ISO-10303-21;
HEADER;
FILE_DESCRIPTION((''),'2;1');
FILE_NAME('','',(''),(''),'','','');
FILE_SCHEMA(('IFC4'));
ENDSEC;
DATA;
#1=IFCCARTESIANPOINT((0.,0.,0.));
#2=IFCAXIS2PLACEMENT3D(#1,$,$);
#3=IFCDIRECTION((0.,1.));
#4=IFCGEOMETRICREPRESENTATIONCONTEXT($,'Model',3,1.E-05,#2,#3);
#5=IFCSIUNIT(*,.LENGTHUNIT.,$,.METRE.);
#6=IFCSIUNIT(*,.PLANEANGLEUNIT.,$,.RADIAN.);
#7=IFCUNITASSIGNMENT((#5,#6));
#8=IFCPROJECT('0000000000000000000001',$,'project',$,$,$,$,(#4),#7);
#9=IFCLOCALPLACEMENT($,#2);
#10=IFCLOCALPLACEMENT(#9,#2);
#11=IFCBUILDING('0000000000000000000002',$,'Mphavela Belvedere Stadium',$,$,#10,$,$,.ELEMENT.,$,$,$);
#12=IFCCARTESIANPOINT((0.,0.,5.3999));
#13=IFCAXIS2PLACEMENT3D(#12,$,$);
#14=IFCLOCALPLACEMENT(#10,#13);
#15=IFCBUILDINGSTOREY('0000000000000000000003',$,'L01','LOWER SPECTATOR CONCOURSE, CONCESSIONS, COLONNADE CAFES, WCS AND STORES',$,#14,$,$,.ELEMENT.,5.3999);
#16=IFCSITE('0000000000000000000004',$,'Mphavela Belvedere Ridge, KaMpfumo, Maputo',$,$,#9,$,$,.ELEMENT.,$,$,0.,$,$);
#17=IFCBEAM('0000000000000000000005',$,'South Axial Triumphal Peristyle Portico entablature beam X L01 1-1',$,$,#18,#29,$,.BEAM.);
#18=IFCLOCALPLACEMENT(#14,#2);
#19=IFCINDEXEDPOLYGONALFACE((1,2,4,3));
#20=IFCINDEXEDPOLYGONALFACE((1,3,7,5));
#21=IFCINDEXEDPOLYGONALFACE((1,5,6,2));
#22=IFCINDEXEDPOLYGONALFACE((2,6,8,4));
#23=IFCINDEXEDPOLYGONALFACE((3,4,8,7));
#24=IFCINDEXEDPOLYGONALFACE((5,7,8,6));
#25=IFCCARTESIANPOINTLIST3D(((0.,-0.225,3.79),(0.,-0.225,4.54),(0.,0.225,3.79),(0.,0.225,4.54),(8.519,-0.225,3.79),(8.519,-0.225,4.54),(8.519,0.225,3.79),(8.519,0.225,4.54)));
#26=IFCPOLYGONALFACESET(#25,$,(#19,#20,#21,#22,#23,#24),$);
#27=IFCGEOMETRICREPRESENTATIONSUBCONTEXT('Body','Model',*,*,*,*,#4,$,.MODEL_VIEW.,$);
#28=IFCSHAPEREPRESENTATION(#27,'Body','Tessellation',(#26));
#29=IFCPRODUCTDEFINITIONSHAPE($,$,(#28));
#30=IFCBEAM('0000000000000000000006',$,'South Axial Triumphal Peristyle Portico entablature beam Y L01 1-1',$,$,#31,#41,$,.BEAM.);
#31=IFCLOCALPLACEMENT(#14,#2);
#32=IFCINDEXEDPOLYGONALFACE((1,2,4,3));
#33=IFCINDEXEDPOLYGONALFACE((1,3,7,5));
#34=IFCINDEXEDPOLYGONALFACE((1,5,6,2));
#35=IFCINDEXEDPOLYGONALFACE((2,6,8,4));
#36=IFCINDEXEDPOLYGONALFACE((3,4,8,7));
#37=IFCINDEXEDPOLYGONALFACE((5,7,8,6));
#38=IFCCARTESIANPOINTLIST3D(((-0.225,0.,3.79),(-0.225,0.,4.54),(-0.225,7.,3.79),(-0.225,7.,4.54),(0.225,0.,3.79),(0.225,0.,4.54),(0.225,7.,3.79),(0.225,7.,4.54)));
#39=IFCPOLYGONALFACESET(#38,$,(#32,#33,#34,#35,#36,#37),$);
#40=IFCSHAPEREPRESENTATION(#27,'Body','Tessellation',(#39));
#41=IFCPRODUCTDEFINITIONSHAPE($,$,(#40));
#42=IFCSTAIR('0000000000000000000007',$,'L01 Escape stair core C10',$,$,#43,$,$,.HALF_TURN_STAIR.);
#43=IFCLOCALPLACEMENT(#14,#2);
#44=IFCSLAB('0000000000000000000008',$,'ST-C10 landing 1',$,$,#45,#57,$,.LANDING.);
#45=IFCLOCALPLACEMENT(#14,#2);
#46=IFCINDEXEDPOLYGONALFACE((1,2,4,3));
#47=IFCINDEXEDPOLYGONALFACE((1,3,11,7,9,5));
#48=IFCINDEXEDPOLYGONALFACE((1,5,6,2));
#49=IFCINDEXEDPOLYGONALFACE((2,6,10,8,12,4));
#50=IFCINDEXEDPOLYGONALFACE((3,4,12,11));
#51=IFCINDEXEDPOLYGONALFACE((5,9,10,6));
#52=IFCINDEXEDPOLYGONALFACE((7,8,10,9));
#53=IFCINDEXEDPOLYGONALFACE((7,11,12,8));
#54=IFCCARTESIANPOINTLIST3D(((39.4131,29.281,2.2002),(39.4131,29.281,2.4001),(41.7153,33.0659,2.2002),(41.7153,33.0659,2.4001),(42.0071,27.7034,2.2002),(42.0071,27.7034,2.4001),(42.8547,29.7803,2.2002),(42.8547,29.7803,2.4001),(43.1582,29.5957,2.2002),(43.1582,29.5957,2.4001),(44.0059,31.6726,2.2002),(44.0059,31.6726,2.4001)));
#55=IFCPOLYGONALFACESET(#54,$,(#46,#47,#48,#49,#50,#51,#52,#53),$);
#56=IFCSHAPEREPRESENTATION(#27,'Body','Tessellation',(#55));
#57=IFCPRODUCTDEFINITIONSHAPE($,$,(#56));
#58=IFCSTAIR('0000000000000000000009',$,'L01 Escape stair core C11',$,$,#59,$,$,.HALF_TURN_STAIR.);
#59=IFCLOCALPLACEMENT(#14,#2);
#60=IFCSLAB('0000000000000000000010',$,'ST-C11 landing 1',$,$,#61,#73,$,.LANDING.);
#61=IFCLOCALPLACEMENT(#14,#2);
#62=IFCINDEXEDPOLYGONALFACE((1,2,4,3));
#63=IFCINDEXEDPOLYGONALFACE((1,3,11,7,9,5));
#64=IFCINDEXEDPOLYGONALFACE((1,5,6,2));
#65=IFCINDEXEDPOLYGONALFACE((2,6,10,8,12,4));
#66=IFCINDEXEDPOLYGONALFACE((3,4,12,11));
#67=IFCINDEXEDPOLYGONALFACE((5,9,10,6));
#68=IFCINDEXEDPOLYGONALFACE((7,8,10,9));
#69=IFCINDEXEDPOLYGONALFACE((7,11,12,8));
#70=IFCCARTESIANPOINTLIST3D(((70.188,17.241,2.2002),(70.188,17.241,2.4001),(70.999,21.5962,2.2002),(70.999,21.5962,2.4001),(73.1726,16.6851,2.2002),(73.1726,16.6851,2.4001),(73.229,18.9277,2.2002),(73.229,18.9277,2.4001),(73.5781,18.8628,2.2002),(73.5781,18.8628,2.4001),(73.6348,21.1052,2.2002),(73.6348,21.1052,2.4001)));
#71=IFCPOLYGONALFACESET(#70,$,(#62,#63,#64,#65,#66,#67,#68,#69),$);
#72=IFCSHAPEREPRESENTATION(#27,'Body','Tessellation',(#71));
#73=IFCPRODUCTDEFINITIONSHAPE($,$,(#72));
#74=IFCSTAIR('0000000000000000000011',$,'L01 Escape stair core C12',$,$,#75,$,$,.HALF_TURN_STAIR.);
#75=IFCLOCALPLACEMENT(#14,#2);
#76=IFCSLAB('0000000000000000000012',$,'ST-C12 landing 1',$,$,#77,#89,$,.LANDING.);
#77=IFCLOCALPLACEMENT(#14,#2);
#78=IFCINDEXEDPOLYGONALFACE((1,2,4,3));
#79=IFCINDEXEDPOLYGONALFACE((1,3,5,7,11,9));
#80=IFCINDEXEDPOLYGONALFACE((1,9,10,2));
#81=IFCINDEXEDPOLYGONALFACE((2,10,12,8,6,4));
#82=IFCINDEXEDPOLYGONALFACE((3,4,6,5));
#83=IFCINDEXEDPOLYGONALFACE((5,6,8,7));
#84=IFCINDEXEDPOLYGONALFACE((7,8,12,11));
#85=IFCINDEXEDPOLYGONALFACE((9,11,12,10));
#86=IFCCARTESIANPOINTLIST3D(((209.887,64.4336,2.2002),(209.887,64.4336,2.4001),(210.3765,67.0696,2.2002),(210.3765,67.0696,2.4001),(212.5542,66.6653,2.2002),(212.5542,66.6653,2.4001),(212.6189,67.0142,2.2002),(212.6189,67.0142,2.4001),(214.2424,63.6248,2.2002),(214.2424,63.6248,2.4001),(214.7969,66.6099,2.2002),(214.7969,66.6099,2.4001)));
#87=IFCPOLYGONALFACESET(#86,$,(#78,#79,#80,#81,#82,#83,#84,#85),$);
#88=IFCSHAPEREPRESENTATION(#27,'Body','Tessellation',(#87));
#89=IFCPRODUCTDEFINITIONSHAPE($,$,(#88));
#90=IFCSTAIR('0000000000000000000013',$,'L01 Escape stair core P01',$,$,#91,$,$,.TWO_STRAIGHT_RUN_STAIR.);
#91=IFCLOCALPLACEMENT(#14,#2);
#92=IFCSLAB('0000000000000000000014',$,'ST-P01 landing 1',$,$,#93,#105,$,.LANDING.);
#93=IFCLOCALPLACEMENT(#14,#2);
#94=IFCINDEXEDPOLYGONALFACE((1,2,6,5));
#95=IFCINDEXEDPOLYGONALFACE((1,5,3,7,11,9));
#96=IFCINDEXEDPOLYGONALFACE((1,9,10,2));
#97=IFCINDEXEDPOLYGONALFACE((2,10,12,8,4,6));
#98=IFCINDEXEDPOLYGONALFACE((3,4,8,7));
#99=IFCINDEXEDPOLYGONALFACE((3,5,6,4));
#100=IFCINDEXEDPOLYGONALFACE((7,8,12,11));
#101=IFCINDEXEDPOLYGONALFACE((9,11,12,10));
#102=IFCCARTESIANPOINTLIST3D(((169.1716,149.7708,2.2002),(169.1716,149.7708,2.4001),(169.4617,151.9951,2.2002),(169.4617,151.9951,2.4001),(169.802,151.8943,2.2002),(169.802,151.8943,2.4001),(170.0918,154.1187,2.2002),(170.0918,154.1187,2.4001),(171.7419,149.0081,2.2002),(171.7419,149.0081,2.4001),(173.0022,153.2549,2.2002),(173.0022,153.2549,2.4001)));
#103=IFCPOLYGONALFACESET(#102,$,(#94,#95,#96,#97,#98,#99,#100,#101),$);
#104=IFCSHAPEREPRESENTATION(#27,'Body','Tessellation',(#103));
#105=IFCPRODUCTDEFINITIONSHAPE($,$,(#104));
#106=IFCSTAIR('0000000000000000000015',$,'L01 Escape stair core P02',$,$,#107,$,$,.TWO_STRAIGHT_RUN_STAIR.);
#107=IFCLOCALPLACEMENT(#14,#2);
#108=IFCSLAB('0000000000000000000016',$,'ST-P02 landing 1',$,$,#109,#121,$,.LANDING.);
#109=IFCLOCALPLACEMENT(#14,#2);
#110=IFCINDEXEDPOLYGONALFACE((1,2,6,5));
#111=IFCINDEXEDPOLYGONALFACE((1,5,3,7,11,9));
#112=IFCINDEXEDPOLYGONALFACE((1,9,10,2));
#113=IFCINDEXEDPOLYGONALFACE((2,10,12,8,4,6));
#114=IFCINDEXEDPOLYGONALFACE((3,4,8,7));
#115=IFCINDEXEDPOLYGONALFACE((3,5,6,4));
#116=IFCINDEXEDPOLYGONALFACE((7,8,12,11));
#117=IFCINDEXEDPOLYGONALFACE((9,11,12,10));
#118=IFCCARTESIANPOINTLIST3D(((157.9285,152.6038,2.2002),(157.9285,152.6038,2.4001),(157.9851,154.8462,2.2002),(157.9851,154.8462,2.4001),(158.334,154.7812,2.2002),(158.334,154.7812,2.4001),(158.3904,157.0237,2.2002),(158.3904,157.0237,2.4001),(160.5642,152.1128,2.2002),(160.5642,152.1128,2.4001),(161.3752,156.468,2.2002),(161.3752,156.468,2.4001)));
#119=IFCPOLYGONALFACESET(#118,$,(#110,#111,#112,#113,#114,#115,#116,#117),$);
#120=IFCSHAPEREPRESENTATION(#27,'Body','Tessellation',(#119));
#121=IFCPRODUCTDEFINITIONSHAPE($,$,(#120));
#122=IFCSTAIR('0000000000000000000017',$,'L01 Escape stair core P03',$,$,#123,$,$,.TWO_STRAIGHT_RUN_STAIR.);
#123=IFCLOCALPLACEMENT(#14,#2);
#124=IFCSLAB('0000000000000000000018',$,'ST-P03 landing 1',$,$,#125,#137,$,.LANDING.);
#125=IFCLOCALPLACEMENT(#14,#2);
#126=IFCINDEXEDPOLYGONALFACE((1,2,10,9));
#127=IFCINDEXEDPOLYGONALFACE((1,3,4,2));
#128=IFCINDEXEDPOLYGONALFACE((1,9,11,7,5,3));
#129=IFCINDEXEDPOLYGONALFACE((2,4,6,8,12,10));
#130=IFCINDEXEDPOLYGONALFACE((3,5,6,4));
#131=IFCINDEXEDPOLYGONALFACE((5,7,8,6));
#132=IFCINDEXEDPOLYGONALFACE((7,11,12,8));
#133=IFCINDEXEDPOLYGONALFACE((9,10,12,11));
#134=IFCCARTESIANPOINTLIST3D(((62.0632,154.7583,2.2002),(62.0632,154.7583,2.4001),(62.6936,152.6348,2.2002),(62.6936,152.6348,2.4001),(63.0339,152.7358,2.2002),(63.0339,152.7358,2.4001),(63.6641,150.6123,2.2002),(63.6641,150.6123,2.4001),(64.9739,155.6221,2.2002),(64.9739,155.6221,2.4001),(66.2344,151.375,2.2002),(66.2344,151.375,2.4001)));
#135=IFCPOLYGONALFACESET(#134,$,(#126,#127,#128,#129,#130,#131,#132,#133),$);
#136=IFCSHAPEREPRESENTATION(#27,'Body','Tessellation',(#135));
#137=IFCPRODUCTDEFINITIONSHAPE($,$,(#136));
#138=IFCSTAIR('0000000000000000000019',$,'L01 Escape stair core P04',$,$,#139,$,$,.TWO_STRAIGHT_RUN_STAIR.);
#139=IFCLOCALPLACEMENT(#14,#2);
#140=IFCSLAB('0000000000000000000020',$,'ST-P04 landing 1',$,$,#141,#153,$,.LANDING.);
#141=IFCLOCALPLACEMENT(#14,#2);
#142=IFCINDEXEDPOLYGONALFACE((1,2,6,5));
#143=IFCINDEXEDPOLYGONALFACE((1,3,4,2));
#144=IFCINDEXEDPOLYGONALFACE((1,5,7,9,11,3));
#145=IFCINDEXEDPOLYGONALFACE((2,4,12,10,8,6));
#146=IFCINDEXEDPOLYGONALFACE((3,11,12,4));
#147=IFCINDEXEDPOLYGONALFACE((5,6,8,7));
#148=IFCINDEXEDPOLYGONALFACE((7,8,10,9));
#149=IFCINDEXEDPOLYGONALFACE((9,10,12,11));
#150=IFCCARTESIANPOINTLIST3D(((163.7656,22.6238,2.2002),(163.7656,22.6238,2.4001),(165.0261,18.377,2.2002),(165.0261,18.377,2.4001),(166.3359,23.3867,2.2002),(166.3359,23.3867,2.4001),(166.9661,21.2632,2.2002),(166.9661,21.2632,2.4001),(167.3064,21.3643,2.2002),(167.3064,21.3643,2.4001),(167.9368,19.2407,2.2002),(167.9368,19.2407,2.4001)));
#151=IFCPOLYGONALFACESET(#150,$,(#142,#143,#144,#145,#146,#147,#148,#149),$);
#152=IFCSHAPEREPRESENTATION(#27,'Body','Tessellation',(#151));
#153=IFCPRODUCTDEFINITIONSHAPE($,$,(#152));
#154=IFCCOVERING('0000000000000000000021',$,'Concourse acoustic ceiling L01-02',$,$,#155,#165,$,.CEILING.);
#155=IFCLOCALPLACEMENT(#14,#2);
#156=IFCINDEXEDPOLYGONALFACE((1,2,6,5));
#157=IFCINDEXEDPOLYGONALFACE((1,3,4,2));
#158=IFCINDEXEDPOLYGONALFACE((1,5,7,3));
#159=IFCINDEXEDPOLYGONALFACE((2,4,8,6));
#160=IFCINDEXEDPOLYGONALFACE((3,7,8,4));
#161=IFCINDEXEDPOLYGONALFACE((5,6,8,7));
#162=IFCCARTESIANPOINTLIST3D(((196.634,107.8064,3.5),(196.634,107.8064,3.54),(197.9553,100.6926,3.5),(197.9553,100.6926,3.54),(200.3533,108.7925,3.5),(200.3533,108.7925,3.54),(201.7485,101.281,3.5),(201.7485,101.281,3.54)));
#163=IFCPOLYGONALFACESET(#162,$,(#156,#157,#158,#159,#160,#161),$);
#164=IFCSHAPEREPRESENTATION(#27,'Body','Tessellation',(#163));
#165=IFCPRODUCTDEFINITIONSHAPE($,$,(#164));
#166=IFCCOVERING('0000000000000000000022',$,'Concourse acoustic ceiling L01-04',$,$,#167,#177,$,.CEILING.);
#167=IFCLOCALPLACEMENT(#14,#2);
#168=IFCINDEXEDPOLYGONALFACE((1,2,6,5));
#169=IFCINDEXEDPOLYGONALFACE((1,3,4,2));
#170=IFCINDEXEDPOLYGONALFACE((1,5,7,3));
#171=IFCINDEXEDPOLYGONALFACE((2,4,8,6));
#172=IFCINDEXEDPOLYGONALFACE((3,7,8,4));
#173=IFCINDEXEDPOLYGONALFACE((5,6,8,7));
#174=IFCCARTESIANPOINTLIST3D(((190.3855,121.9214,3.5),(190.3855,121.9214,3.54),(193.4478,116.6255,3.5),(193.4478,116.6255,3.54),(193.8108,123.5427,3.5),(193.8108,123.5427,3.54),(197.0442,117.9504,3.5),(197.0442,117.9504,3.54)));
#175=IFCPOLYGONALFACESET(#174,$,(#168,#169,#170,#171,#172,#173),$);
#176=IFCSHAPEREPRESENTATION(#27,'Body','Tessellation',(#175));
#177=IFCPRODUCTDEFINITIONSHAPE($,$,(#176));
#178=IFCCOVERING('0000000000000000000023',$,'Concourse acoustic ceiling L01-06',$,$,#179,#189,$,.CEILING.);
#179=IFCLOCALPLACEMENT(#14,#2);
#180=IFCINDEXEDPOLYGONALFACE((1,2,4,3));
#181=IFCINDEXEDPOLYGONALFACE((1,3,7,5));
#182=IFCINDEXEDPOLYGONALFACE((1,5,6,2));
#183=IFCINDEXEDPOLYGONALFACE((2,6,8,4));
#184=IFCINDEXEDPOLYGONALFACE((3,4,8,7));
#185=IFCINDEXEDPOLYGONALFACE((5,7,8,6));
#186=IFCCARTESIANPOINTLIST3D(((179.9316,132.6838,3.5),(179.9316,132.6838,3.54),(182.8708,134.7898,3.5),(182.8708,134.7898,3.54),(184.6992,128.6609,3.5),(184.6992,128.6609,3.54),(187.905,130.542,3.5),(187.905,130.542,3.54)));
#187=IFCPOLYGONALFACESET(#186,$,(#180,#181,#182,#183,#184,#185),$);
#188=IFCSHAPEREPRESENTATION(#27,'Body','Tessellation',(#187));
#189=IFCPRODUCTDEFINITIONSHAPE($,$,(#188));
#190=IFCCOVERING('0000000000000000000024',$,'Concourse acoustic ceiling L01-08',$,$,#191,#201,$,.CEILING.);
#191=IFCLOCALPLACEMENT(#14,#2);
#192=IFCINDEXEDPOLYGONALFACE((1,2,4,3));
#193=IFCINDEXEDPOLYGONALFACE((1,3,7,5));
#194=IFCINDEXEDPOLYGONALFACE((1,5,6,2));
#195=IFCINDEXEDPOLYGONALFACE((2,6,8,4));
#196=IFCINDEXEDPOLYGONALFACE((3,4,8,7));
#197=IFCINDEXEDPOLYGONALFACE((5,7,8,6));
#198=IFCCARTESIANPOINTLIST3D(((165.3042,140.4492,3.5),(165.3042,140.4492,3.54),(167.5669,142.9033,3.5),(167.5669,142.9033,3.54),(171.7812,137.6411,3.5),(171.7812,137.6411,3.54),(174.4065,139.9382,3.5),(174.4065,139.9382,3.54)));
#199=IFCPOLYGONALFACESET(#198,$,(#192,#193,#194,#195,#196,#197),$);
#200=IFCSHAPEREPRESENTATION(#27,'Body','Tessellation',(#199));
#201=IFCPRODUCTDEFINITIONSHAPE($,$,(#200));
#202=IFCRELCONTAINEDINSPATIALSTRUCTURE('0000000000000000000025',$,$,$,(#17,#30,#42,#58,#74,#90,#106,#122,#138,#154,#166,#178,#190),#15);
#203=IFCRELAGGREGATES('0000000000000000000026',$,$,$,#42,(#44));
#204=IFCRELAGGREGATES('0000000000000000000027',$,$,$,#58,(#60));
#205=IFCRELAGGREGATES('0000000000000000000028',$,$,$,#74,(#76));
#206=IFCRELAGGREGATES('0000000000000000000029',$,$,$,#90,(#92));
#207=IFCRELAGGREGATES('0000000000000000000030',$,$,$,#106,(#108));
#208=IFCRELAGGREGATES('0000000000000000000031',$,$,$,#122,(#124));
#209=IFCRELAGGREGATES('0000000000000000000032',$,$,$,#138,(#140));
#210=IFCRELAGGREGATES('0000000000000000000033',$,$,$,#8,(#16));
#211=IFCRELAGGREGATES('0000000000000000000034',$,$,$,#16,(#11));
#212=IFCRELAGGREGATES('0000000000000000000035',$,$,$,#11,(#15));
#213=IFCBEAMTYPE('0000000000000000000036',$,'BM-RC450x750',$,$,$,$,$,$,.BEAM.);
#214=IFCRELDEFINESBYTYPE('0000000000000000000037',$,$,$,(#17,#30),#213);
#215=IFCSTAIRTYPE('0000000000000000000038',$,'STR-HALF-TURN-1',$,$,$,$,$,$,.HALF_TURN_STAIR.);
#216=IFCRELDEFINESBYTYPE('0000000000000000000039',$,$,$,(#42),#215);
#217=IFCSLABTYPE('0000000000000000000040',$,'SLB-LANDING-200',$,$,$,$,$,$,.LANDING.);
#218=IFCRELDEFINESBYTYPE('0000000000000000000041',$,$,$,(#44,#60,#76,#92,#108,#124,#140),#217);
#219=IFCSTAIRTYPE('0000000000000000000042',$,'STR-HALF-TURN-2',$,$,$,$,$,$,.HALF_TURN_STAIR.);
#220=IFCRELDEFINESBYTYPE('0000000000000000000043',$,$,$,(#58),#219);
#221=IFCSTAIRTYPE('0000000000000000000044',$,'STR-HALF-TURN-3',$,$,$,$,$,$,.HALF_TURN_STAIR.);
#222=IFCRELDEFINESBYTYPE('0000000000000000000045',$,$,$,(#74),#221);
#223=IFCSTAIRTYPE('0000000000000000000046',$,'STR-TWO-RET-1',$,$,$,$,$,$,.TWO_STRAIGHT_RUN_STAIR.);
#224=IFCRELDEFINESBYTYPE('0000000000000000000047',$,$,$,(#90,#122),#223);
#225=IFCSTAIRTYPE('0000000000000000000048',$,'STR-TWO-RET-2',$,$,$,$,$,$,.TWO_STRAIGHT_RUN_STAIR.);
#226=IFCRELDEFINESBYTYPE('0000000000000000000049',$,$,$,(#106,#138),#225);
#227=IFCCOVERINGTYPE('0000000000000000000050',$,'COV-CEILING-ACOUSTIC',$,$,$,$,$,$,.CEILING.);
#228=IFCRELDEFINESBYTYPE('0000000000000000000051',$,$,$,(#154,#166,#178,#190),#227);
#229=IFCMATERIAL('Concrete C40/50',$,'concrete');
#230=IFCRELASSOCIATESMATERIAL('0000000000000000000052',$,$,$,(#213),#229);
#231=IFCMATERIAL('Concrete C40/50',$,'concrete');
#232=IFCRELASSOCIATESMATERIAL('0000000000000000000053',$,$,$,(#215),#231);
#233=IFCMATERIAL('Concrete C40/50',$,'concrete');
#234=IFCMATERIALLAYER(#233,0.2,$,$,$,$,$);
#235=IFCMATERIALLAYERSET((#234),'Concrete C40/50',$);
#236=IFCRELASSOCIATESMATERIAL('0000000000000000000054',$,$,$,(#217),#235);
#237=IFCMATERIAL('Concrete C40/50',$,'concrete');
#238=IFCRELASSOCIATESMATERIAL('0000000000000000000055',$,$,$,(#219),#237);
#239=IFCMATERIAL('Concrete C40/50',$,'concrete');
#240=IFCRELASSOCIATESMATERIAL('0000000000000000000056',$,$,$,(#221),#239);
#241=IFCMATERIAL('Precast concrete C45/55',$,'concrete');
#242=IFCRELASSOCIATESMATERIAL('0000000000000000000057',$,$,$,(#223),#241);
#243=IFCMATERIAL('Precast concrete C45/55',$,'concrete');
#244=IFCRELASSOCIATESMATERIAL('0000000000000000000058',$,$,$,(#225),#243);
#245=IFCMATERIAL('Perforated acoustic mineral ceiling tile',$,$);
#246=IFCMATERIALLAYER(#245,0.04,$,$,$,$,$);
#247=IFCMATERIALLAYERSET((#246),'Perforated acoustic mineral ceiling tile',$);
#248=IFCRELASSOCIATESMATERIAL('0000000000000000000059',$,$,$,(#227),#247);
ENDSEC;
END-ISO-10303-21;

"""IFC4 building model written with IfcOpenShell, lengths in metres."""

from ifc_helpers import new_model, si_unit, direction, frame, origin, origin_2d, place, context, subcontext, project, spatial, polyline, rectangle, outline, extrude, material, layer, layer_set, material_profile, profile_set, type_object, element, aggregate, save


model = new_model("IFC4")

# Units and contexts
model_context = context("Model", 3, precision=1e-05, world=origin(), true_north=direction((0.0, 1.0)))
body_context = subcontext(model_context, "Body", "Model", "MODEL_VIEW")
ifc_project = project(units=[si_unit("LENGTHUNIT", "METRE"), si_unit("PLANEANGLEUNIT", "RADIAN")], contexts=[model_context])

# Site, building, storey
site_placement = place(None, origin())
site = spatial("IfcSite", under=ifc_project, at=site_placement, Name="Mphavela Belvedere Ridge, KaMpfumo, Maputo", CompositionType="ELEMENT", RefElevation=0.0)
building_placement = place(site_placement, origin())
building = spatial("IfcBuilding", under=site, at=building_placement, Name="Mphavela Belvedere Stadium", CompositionType="ELEMENT")
storey_placement = place(building_placement, frame((0.0, 0.0, 5.3999)))
storey = spatial("IfcBuildingStorey", under=building, at=storey_placement, Name="L01", Description="LOWER SPECTATOR CONCOURSE, CONCESSIONS, COLONNADE CAFES, WCS AND STORES", CompositionType="ELEMENT", Elevation=5.3999)

# Beams
ifc_material_1 = material(Name="Concrete C40/50", Category="concrete")
ifc_material_profile = material_profile(ifc_material_1, rectangle(XDim=0.45, YDim=0.75, at=origin_2d()), Name="RC 450x750")
ifc_profile_set = profile_set([ifc_material_profile], Name="Concrete C40/50")
beam_type = type_object("IfcBeamType", Name="BM-RC450x750", PredefinedType="BEAM", material=ifc_profile_set)
beam_1_placement = place(storey_placement, frame((0.0, 0.0, 4.165), z_axis=(1.0, 0.0, 0.0), x_axis=(0.0, 1.0, 0.0)))
element("IfcBeam", 1, at=beam_1_placement, inside=storey, type_object=beam_type, Name="South Axial Triumphal Peristyle Portico entablature beam X L01 1-1", PredefinedType="BEAM", context=body_context, shape_type="SweptSolid", body=[
    extrude(rectangle(XDim=0.45, YDim=0.75, at=origin_2d()), origin(), (0.0, 0.0, 1.0), 8.519),
])
beam_2_placement = place(storey_placement, frame((0.0, 0.0, 4.165), z_axis=(0.0, 1.0, 0.0), x_axis=(-1.0, 0.0, 0.0)))
element("IfcBeam", 2, at=beam_2_placement, inside=storey, type_object=beam_type, Name="South Axial Triumphal Peristyle Portico entablature beam Y L01 1-1", PredefinedType="BEAM", context=body_context, shape_type="SweptSolid", body=[
    extrude(rectangle(XDim=0.45, YDim=0.75, at=origin_2d()), origin(), (0.0, 0.0, 1.0), 7.0),
])

# Stairs, slabs
ifc_material_2 = material(Name="Concrete C40/50", Category="concrete")
stair_type_1 = type_object("IfcStairType", Name="STR-HALF-TURN-1", PredefinedType="HALF_TURN_STAIR", material=ifc_material_2)
stair_1_placement = place(storey_placement, origin())
stair_1 = element("IfcStair", 3, at=stair_1_placement, inside=storey, type_object=stair_type_1, Name="L01 Escape stair core C10", PredefinedType="HALF_TURN_STAIR")
ifc_material_3 = material(Name="Concrete C40/50", Category="concrete")
ifc_layer_1 = layer(ifc_material_3, 0.2)
ifc_layer_set_1 = layer_set([ifc_layer_1], Name="Concrete C40/50")
slab_type = type_object("IfcSlabType", Name="SLB-LANDING-200", PredefinedType="LANDING", material=ifc_layer_set_1)
slab_1_placement = place(storey_placement, frame((0.0, 0.0, 2.2002)))
slab_1 = element("IfcSlab", 4, at=slab_1_placement, type_object=slab_type, Name="ST-C10 landing 1", PredefinedType="LANDING", context=body_context, shape_type="SweptSolid", body=[
    extrude(outline(polyline([(44.0059, 31.6726), (41.7153, 33.0659), (39.4131, 29.281), (42.0071, 27.7034), (43.1582, 29.5957), (42.8547, 29.7803), (44.0059, 31.6726)])), origin(), (0.0, 0.0, 1.0), 0.2),
])
aggregate(stair_1, [slab_1])
ifc_material_4 = material(Name="Concrete C40/50", Category="concrete")
stair_type_2 = type_object("IfcStairType", Name="STR-HALF-TURN-2", PredefinedType="HALF_TURN_STAIR", material=ifc_material_4)
stair_2_placement = place(storey_placement, origin())
stair_2 = element("IfcStair", 5, at=stair_2_placement, inside=storey, type_object=stair_type_2, Name="L01 Escape stair core C11", PredefinedType="HALF_TURN_STAIR")
slab_2_placement = place(storey_placement, frame((0.0, 0.0, 2.2002)))
slab_2 = element("IfcSlab", 6, at=slab_2_placement, type_object=slab_type, Name="ST-C11 landing 1", PredefinedType="LANDING", context=body_context, shape_type="SweptSolid", body=[
    extrude(outline(polyline([(73.6348, 21.1052), (70.999, 21.5962), (70.188, 17.241), (73.1726, 16.6851), (73.5781, 18.8628), (73.229, 18.9277), (73.6348, 21.1052)])), origin(), (0.0, 0.0, 1.0), 0.2),
])
aggregate(stair_2, [slab_2])
ifc_material_5 = material(Name="Concrete C40/50", Category="concrete")
stair_type_3 = type_object("IfcStairType", Name="STR-HALF-TURN-3", PredefinedType="HALF_TURN_STAIR", material=ifc_material_5)
stair_3_placement = place(storey_placement, origin())
stair_3 = element("IfcStair", 7, at=stair_3_placement, inside=storey, type_object=stair_type_3, Name="L01 Escape stair core C12", PredefinedType="HALF_TURN_STAIR")
slab_3_placement = place(storey_placement, frame((0.0, 0.0, 2.2002)))
slab_3 = element("IfcSlab", 8, at=slab_3_placement, type_object=slab_type, Name="ST-C12 landing 1", PredefinedType="LANDING", context=body_context, shape_type="SweptSolid", body=[
    extrude(outline(polyline([(210.3765, 67.0696), (209.887, 64.4336), (214.2424, 63.6248), (214.7969, 66.6099), (212.6189, 67.0142), (212.5542, 66.6653), (210.3765, 67.0696)])), origin(), (0.0, 0.0, 1.0), 0.2),
])
aggregate(stair_3, [slab_3])
ifc_material_6 = material(Name="Precast concrete C45/55", Category="concrete")
stair_type_4 = type_object("IfcStairType", Name="STR-TWO-RET-1", PredefinedType="TWO_STRAIGHT_RUN_STAIR", material=ifc_material_6)
stair_4_placement = place(storey_placement, origin())
stair_4 = element("IfcStair", 9, at=stair_4_placement, inside=storey, type_object=stair_type_4, Name="L01 Escape stair core P01", PredefinedType="TWO_STRAIGHT_RUN_STAIR")
slab_4_placement = place(storey_placement, frame((0.0, 0.0, 2.2002)))
slab_4 = element("IfcSlab", 10, at=slab_4_placement, type_object=slab_type, Name="ST-P01 landing 1", PredefinedType="LANDING", context=body_context, shape_type="SweptSolid", body=[
    extrude(outline(polyline([(169.1716, 149.7708), (171.7419, 149.0081), (173.0022, 153.2549), (170.0918, 154.1187), (169.4617, 151.9951), (169.802, 151.8943), (169.1716, 149.7708)])), origin(), (0.0, 0.0, 1.0), 0.2),
])
aggregate(stair_4, [slab_4])
ifc_material_7 = material(Name="Precast concrete C45/55", Category="concrete")
stair_type_5 = type_object("IfcStairType", Name="STR-TWO-RET-2", PredefinedType="TWO_STRAIGHT_RUN_STAIR", material=ifc_material_7)
stair_5_placement = place(storey_placement, origin())
stair_5 = element("IfcStair", 11, at=stair_5_placement, inside=storey, type_object=stair_type_5, Name="L01 Escape stair core P02", PredefinedType="TWO_STRAIGHT_RUN_STAIR")
slab_5_placement = place(storey_placement, frame((0.0, 0.0, 2.2002)))
slab_5 = element("IfcSlab", 12, at=slab_5_placement, type_object=slab_type, Name="ST-P02 landing 1", PredefinedType="LANDING", context=body_context, shape_type="SweptSolid", body=[
    extrude(outline(polyline([(157.9285, 152.6038), (160.5642, 152.1128), (161.3752, 156.468), (158.3904, 157.0237), (157.9851, 154.8462), (158.334, 154.7812), (157.9285, 152.6038)])), origin(), (0.0, 0.0, 1.0), 0.2),
])
aggregate(stair_5, [slab_5])
stair_6_placement = place(storey_placement, origin())
stair_6 = element("IfcStair", 13, at=stair_6_placement, inside=storey, type_object=stair_type_4, Name="L01 Escape stair core P03", PredefinedType="TWO_STRAIGHT_RUN_STAIR")
slab_6_placement = place(storey_placement, frame((0.0, 0.0, 2.2002)))
slab_6 = element("IfcSlab", 14, at=slab_6_placement, type_object=slab_type, Name="ST-P03 landing 1", PredefinedType="LANDING", context=body_context, shape_type="SweptSolid", body=[
    extrude(outline(polyline([(63.6641, 150.6123), (66.2344, 151.375), (64.9739, 155.6221), (62.0632, 154.7583), (62.6936, 152.6348), (63.0339, 152.7358), (63.6641, 150.6123)])), origin(), (0.0, 0.0, 1.0), 0.2),
])
aggregate(stair_6, [slab_6])
stair_7_placement = place(storey_placement, origin())
stair_7 = element("IfcStair", 15, at=stair_7_placement, inside=storey, type_object=stair_type_5, Name="L01 Escape stair core P04", PredefinedType="TWO_STRAIGHT_RUN_STAIR")
slab_7_placement = place(storey_placement, frame((0.0, 0.0, 2.2002)))
slab_7 = element("IfcSlab", 16, at=slab_7_placement, type_object=slab_type, Name="ST-P04 landing 1", PredefinedType="LANDING", context=body_context, shape_type="SweptSolid", body=[
    extrude(outline(polyline([(166.3359, 23.3867), (163.7656, 22.6238), (165.0261, 18.377), (167.9368, 19.2407), (167.3064, 21.3643), (166.9661, 21.2632), (166.3359, 23.3867)])), origin(), (0.0, 0.0, 1.0), 0.2),
])
aggregate(stair_7, [slab_7])

# Coverings
ifc_material_8 = material(Name="Perforated acoustic mineral ceiling tile")
ifc_layer_2 = layer(ifc_material_8, 0.04)
ifc_layer_set_2 = layer_set([ifc_layer_2], Name="Perforated acoustic mineral ceiling tile")
covering_type = type_object("IfcCoveringType", Name="COV-CEILING-ACOUSTIC", PredefinedType="CEILING", material=ifc_layer_set_2)
covering_1_placement = place(storey_placement, frame((0.0, 0.0, 3.5)))
element("IfcCovering", 17, at=covering_1_placement, inside=storey, type_object=covering_type, Name="Concourse acoustic ceiling L01-02", PredefinedType="CEILING", context=body_context, shape_type="SweptSolid", body=[
    extrude(outline(polyline([(197.9553, 100.6926), (196.634, 107.8064), (200.3533, 108.7925), (201.7485, 101.281), (197.9553, 100.6926)])), origin(), (0.0, 0.0, 1.0), 0.04),
])
covering_2_placement = place(storey_placement, frame((0.0, 0.0, 3.5)))
element("IfcCovering", 18, at=covering_2_placement, inside=storey, type_object=covering_type, Name="Concourse acoustic ceiling L01-04", PredefinedType="CEILING", context=body_context, shape_type="SweptSolid", body=[
    extrude(outline(polyline([(193.4478, 116.6255), (190.3855, 121.9214), (193.8108, 123.5427), (197.0442, 117.9504), (193.4478, 116.6255)])), origin(), (0.0, 0.0, 1.0), 0.04),
])
covering_3_placement = place(storey_placement, frame((0.0, 0.0, 3.5)))
element("IfcCovering", 19, at=covering_3_placement, inside=storey, type_object=covering_type, Name="Concourse acoustic ceiling L01-06", PredefinedType="CEILING", context=body_context, shape_type="SweptSolid", body=[
    extrude(outline(polyline([(184.6992, 128.6609), (179.9316, 132.6838), (182.8708, 134.7898), (187.905, 130.542), (184.6992, 128.6609)])), origin(), (0.0, 0.0, 1.0), 0.04),
])
covering_4_placement = place(storey_placement, frame((0.0, 0.0, 3.5)))
element("IfcCovering", 20, at=covering_4_placement, inside=storey, type_object=covering_type, Name="Concourse acoustic ceiling L01-08", PredefinedType="CEILING", context=body_context, shape_type="SweptSolid", body=[
    extrude(outline(polyline([(171.7812, 137.6411), (165.3042, 140.4492), (167.5669, 142.9033), (174.4065, 139.9382), (171.7812, 137.6411)])), origin(), (0.0, 0.0, 1.0), 0.04),
])

save(model, "model.ifc")
